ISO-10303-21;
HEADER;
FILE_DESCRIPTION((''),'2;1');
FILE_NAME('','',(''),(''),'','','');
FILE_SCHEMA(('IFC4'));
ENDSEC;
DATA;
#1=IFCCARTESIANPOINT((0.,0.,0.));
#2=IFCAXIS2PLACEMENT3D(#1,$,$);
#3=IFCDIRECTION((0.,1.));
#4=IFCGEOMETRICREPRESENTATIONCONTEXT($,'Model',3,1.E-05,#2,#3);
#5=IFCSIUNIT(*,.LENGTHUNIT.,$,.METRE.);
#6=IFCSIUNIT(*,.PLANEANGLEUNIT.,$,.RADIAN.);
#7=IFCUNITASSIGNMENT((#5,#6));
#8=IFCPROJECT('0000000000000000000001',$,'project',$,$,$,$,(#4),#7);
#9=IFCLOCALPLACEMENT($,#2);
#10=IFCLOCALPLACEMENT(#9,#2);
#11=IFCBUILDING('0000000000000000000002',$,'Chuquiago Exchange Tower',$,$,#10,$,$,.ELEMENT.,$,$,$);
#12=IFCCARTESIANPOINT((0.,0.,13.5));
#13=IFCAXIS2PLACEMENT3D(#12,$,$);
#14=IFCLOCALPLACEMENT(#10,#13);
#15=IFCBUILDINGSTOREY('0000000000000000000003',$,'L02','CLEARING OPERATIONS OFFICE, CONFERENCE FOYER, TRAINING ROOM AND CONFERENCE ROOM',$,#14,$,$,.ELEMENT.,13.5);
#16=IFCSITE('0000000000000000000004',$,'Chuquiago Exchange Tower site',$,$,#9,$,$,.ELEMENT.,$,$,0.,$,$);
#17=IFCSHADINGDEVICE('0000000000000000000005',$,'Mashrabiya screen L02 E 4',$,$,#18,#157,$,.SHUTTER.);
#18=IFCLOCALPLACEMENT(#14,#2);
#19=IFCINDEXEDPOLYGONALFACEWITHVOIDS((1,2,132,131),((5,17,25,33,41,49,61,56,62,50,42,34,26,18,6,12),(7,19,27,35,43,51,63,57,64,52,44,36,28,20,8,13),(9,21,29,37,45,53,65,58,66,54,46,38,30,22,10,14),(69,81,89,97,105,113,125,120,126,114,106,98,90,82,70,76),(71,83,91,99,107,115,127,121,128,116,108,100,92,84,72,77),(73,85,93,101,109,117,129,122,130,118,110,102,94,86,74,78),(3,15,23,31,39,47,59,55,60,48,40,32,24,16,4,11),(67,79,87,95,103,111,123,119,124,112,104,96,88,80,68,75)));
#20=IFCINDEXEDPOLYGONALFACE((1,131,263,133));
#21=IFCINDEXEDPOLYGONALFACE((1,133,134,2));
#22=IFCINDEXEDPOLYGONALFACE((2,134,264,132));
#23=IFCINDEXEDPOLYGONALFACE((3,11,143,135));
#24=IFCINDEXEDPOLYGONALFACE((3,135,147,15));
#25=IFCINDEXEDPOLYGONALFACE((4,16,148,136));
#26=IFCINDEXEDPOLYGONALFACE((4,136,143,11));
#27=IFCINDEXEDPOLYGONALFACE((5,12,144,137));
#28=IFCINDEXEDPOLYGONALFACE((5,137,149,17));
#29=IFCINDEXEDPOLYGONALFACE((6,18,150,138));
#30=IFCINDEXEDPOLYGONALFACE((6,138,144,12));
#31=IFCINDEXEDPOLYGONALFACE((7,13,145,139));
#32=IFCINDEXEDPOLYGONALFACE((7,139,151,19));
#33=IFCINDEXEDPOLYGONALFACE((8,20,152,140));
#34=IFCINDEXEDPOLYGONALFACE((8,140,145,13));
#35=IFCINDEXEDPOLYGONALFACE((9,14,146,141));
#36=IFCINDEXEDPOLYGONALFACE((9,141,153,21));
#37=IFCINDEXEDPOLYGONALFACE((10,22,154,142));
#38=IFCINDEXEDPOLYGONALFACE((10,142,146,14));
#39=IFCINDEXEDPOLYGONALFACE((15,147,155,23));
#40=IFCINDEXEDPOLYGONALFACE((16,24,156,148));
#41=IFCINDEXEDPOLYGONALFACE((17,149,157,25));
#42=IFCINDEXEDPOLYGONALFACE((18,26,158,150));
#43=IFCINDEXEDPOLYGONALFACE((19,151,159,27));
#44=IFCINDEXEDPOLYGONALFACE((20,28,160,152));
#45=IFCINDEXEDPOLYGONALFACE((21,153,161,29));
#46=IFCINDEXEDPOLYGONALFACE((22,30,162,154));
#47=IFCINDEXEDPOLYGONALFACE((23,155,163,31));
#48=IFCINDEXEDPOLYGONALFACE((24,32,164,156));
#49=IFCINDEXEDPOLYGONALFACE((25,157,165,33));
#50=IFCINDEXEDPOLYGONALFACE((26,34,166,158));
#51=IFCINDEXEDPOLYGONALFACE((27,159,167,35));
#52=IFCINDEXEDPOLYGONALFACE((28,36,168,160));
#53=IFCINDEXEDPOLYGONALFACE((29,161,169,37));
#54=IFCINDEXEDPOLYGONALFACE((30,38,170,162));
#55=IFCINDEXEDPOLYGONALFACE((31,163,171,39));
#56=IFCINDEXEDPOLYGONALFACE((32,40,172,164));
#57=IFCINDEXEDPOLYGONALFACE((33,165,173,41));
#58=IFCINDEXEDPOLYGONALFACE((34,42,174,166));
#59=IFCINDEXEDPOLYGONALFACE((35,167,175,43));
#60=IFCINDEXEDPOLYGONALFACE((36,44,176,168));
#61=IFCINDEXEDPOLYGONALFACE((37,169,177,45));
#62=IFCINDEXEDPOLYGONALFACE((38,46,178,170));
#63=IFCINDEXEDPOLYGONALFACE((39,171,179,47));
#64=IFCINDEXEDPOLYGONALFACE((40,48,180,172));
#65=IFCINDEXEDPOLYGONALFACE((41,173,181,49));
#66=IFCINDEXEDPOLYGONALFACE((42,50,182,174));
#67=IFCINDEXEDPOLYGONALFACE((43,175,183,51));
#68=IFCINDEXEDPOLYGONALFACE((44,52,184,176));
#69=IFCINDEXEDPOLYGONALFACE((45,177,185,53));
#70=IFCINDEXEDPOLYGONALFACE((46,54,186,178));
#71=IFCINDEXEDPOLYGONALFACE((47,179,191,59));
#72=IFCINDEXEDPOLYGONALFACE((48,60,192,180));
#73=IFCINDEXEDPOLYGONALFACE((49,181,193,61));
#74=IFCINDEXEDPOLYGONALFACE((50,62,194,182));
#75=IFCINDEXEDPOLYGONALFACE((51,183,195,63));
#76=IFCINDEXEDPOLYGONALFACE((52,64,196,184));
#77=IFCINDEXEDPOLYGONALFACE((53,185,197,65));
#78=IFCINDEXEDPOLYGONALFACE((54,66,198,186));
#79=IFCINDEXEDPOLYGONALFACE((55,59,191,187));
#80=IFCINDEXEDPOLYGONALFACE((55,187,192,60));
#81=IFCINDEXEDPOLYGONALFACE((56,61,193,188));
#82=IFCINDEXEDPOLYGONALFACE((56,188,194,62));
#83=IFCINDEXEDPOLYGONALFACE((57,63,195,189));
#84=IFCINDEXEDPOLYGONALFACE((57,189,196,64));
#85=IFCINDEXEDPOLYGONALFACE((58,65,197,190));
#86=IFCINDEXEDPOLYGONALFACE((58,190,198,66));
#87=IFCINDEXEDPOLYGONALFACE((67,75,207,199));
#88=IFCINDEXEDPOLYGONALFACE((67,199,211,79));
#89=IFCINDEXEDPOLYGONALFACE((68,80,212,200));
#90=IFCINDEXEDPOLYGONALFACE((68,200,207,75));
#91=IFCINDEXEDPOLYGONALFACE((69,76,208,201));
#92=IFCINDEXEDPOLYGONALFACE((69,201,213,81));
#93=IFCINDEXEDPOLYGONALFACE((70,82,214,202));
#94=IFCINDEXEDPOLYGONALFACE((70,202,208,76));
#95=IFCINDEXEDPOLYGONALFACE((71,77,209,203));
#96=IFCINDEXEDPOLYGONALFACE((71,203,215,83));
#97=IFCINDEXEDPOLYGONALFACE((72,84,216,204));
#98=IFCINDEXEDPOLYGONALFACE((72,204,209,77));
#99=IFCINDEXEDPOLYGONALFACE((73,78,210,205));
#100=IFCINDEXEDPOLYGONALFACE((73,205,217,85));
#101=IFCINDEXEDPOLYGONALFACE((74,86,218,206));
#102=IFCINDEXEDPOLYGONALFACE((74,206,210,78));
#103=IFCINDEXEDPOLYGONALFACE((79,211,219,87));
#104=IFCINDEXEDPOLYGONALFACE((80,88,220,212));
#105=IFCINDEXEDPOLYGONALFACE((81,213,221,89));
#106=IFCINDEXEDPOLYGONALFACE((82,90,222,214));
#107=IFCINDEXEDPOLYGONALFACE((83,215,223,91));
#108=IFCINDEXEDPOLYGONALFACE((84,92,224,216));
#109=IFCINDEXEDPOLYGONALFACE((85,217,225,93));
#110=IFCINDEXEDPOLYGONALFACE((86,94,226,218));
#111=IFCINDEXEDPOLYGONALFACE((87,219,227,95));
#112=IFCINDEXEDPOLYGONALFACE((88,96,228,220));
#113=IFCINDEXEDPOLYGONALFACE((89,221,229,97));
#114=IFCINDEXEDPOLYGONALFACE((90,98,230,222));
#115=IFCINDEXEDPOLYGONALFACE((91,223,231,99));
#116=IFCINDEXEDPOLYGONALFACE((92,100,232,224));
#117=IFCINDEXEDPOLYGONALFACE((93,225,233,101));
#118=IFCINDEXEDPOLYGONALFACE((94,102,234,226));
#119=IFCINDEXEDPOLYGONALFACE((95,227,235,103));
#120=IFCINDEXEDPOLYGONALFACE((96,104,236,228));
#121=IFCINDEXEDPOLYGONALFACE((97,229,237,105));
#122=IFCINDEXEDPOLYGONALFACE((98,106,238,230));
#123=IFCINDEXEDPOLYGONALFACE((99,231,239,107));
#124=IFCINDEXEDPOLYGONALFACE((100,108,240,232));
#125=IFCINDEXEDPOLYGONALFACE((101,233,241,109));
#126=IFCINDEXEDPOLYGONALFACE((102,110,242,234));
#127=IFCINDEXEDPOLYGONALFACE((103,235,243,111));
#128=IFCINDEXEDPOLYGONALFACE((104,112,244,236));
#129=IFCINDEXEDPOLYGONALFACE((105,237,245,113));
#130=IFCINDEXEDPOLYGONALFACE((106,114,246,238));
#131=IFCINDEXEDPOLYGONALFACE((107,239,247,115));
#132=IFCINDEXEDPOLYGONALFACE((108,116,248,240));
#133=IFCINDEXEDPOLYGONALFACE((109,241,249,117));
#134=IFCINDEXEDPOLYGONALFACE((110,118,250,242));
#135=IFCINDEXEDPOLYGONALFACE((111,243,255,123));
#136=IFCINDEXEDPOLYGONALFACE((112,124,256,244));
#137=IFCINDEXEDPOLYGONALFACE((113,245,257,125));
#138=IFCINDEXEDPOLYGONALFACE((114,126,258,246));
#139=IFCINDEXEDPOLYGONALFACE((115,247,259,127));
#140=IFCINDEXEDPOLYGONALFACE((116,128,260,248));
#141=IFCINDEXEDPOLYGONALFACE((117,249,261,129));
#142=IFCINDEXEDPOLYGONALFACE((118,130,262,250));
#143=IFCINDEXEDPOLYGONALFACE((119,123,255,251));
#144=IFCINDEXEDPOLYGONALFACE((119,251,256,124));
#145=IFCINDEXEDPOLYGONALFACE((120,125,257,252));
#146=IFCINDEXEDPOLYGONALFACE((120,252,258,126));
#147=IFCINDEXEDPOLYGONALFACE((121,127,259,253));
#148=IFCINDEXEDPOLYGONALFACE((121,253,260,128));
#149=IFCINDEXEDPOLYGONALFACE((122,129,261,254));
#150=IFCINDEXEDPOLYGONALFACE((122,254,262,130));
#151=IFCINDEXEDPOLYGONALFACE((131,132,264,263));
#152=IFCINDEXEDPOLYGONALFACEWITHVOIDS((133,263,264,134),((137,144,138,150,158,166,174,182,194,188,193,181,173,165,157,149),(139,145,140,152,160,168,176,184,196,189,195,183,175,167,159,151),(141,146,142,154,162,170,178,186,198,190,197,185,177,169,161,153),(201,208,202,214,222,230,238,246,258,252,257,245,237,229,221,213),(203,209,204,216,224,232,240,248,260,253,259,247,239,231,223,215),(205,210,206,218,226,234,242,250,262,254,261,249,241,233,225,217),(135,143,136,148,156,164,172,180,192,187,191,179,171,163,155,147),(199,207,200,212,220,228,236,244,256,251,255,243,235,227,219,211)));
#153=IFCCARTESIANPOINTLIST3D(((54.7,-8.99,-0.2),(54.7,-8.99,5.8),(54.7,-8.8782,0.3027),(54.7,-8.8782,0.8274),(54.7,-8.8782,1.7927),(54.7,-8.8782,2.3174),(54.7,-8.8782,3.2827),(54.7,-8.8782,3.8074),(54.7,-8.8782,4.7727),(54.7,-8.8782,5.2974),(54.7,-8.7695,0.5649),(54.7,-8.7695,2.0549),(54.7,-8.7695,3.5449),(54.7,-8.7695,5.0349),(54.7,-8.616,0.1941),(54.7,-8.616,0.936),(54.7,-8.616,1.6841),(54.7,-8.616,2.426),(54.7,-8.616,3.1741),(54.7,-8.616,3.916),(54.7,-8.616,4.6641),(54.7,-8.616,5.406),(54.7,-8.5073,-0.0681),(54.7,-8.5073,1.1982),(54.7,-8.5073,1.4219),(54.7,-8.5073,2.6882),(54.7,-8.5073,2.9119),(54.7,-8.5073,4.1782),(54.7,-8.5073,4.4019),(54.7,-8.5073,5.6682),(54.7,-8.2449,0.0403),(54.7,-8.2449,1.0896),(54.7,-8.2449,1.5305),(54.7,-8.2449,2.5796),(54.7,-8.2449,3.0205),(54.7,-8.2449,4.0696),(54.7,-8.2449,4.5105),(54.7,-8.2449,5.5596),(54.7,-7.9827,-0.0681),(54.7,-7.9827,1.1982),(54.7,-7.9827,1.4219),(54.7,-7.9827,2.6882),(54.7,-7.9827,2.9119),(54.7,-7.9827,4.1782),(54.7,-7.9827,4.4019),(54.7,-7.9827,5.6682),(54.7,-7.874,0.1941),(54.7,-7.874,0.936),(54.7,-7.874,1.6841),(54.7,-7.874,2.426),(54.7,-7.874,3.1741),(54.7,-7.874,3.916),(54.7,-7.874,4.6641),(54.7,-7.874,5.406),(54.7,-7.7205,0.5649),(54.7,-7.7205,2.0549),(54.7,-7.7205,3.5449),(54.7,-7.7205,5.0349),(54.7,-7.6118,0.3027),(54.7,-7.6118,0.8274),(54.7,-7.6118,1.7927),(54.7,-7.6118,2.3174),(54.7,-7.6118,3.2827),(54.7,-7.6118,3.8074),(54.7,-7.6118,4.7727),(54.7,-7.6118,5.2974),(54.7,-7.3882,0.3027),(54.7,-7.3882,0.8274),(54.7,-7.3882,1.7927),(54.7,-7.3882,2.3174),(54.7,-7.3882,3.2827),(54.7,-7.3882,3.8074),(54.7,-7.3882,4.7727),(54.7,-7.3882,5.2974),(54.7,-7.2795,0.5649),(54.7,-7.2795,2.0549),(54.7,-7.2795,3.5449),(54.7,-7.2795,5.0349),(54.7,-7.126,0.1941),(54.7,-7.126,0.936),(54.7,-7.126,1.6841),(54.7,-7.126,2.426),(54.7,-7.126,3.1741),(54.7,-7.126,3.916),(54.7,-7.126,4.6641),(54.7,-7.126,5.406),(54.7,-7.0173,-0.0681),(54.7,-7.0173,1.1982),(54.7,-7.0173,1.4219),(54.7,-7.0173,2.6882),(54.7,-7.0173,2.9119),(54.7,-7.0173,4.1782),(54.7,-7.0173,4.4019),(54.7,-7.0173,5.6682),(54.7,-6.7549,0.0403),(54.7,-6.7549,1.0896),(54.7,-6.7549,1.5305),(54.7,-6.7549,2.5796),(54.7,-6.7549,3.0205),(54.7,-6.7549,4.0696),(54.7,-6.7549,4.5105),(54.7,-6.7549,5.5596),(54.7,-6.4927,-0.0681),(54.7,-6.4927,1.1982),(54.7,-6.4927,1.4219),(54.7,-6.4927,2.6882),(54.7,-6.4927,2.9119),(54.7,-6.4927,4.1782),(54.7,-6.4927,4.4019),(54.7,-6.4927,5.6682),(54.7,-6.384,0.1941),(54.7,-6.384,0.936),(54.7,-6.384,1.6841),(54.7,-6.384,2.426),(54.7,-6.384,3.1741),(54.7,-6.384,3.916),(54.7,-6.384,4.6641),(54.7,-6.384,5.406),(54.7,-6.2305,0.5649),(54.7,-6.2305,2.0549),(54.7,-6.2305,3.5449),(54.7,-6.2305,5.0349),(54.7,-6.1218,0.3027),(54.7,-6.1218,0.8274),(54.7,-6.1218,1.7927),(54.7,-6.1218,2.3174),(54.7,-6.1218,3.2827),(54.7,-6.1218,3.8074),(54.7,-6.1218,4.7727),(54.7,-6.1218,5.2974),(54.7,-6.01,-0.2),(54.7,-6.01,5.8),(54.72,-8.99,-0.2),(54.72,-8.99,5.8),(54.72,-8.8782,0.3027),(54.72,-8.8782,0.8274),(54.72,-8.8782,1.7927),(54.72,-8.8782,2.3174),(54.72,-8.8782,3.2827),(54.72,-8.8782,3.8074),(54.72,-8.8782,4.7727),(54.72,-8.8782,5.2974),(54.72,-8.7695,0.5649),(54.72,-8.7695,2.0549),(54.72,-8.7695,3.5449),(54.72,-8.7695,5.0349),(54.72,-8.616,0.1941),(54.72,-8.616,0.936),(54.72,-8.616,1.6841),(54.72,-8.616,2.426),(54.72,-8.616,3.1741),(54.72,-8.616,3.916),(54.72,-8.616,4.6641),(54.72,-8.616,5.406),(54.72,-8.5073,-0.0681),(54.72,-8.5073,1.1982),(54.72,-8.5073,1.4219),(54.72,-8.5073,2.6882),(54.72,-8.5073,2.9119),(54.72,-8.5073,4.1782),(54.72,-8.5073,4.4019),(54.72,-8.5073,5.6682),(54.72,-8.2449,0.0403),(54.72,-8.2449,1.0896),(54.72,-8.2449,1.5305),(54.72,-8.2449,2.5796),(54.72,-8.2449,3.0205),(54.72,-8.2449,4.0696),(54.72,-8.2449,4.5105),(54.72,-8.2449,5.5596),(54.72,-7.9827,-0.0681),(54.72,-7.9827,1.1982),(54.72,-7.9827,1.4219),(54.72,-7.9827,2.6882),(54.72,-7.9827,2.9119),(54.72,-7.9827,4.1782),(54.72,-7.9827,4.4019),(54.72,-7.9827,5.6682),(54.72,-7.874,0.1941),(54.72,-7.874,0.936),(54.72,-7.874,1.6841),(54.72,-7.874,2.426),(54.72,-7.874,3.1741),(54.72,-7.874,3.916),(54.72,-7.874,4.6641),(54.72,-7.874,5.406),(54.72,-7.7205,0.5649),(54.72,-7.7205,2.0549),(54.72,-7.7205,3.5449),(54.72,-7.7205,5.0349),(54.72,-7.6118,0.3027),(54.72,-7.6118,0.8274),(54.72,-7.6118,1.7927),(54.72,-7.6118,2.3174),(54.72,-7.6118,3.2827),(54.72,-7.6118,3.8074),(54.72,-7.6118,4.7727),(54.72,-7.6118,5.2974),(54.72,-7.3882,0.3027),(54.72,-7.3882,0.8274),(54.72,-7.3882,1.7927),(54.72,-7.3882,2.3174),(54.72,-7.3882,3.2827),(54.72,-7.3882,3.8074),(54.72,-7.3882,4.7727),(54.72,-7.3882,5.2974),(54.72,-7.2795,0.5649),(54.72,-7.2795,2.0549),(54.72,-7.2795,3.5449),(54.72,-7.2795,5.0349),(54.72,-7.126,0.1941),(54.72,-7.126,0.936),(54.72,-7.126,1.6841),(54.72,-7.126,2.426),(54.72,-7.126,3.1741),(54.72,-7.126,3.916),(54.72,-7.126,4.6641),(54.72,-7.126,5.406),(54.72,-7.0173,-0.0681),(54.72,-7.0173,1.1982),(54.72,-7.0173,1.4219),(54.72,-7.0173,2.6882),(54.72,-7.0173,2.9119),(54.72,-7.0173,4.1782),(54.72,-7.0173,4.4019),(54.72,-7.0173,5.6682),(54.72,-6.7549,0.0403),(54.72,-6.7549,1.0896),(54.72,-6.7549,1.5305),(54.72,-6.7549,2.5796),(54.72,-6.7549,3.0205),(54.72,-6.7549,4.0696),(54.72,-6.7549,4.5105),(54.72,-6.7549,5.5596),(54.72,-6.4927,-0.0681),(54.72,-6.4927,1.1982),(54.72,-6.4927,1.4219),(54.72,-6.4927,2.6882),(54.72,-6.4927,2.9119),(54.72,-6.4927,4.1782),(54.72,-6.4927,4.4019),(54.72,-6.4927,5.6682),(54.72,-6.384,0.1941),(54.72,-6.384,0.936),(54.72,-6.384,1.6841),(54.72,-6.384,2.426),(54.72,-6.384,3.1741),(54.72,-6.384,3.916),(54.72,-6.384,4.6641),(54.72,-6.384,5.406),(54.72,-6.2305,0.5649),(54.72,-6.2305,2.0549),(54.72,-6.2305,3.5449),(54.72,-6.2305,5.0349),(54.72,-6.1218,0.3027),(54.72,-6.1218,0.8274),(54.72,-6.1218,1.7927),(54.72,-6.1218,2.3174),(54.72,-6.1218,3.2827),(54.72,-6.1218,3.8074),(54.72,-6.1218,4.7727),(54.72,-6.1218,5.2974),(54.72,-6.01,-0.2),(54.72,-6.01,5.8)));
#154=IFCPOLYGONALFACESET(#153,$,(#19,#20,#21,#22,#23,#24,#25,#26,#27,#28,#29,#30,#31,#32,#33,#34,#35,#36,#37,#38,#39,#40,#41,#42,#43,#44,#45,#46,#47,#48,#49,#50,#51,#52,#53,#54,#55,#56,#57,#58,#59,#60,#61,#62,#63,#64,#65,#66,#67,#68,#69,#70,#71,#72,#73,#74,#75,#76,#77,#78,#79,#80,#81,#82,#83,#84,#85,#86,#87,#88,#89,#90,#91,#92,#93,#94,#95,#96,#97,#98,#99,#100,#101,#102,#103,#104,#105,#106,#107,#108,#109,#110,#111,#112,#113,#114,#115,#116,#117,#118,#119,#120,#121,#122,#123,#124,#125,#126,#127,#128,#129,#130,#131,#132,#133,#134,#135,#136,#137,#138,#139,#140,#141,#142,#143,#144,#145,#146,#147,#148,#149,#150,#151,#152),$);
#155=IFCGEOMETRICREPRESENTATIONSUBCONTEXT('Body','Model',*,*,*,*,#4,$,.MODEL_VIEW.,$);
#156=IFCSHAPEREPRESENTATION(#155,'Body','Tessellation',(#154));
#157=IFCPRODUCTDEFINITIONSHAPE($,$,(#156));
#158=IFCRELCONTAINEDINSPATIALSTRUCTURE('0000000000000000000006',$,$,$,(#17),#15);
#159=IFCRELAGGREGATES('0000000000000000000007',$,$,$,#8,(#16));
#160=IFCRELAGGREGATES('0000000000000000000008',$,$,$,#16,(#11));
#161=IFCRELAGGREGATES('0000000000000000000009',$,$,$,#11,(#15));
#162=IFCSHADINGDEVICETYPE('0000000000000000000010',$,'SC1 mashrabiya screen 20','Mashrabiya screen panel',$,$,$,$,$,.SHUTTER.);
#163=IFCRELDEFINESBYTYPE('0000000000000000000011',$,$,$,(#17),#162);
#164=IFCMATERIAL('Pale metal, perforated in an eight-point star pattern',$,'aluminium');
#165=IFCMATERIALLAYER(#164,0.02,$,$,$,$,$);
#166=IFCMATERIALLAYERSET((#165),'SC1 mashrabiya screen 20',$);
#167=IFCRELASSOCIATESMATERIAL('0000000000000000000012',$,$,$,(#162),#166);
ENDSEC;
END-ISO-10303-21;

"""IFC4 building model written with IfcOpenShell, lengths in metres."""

from ifc_helpers import new_model, si_unit, direction, frame, origin, place, context, subcontext, project, spatial, polyline, outline, extrude, material, layer, layer_set, type_object, element, save


model = new_model("IFC4")

# Units and contexts
model_context = context("Model", 3, precision=1e-05, world=origin(), true_north=direction((0.0, 1.0)))
body_context = subcontext(model_context, "Body", "Model", "MODEL_VIEW")
ifc_project = project(units=[si_unit("LENGTHUNIT", "METRE"), si_unit("PLANEANGLEUNIT", "RADIAN")], contexts=[model_context])

# Site, building, storey
site_placement = place(None, origin())
site = spatial("IfcSite", under=ifc_project, at=site_placement, Name="Chuquiago Exchange Tower site", CompositionType="ELEMENT", RefElevation=0.0)
building_placement = place(site_placement, origin())
building = spatial("IfcBuilding", under=site, at=building_placement, Name="Chuquiago Exchange Tower", CompositionType="ELEMENT")
storey_placement = place(building_placement, frame((0.0, 0.0, 13.5)))
storey = spatial("IfcBuildingStorey", under=building, at=storey_placement, Name="L02", Description="CLEARING OPERATIONS OFFICE, CONFERENCE FOYER, TRAINING ROOM AND CONFERENCE ROOM", CompositionType="ELEMENT", Elevation=13.5)

# Shading device
ifc_material_1 = material(Name="Pale metal, perforated in an eight-point star pattern", Category="aluminium")
ifc_layer_1 = layer(ifc_material_1, 0.02)
ifc_layer_set_1 = layer_set([ifc_layer_1], Name="SC1 mashrabiya screen 20")
shading_device_type = type_object("IfcShadingDeviceType", Name="SC1 mashrabiya screen 20", Description="Mashrabiya screen panel", PredefinedType="SHUTTER", material=ifc_layer_set_1)
shading_device_1_placement = place(storey_placement, frame((54.7, -8.99, -0.2), z_axis=(0.0, 0.0, 1.0), x_axis=(0.0, 1.0, 0.0)))
element("IfcShadingDevice", 1, at=shading_device_1_placement, inside=storey, type_object=shading_device_type, Name="Mashrabiya screen L02 E 4", PredefinedType="SHUTTER", context=body_context, shape_type="SweptSolid", body=[
    extrude(outline(polyline([(0.0, 0.0), (2.98, 0.0), (2.98, 6.0), (0.0, 6.0), (0.0, 0.0)]), holes=[polyline([(1.2695, 0.7649), (1.3782, 1.0273), (1.116, 1.136), (1.0073, 1.3982), (0.7451, 1.2896), (0.4827, 1.3982), (0.374, 1.136), (0.1118, 1.0273), (0.2205, 0.7649), (0.1118, 0.5027), (0.374, 0.394), (0.4827, 0.1318), (0.7451, 0.2402), (1.0073, 0.1318), (1.116, 0.394), (1.3782, 0.5027), (1.2695, 0.7649)]), polyline([(2.7595, 0.7649), (2.8682, 1.0273), (2.606, 1.136), (2.4973, 1.3982), (2.2351, 1.2896), (1.9727, 1.3982), (1.864, 1.136), (1.6018, 1.0273), (1.7104, 0.7649), (1.6018, 0.5027), (1.864, 0.394), (1.9727, 0.1318), (2.2351, 0.2402), (2.4973, 0.1318), (2.606, 0.394), (2.8682, 0.5027), (2.7595, 0.7649)]), polyline([(1.2695, 2.2549), (1.3782, 2.5173), (1.116, 2.626), (1.0073, 2.8882), (0.7451, 2.7795), (0.4827, 2.8882), (0.374, 2.626), (0.1118, 2.5173), (0.2205, 2.2549), (0.1118, 1.9927), (0.374, 1.884), (0.4827, 1.6218), (0.7451, 1.7305), (1.0073, 1.6218), (1.116, 1.884), (1.3782, 1.9927), (1.2695, 2.2549)]), polyline([(2.7595, 2.2549), (2.8682, 2.5173), (2.606, 2.626), (2.4973, 2.8882), (2.2351, 2.7795), (1.9727, 2.8882), (1.864, 2.626), (1.6018, 2.5173), (1.7104, 2.2549), (1.6018, 1.9927), (1.864, 1.884), (1.9727, 1.6218), (2.2351, 1.7305), (2.4973, 1.6218), (2.606, 1.884), (2.8682, 1.9927), (2.7595, 2.2549)]), polyline([(1.2695, 3.7449), (1.3782, 4.0073), (1.116, 4.116), (1.0073, 4.3782), (0.7451, 4.2695), (0.4827, 4.3782), (0.374, 4.116), (0.1118, 4.0073), (0.2205, 3.7449), (0.1118, 3.4827), (0.374, 3.374), (0.4827, 3.1118), (0.7451, 3.2205), (1.0073, 3.1118), (1.116, 3.374), (1.3782, 3.4827), (1.2695, 3.7449)]), polyline([(2.7595, 3.7449), (2.8682, 4.0073), (2.606, 4.116), (2.4973, 4.3782), (2.2351, 4.2695), (1.9727, 4.3782), (1.864, 4.116), (1.6018, 4.0073), (1.7104, 3.7449), (1.6018, 3.4827), (1.864, 3.374), (1.9727, 3.1118), (2.2351, 3.2205), (2.4973, 3.1118), (2.606, 3.374), (2.8682, 3.4827), (2.7595, 3.7449)]), polyline([(1.2695, 5.2349), (1.3782, 5.4973), (1.116, 5.606), (1.0073, 5.8682), (0.7451, 5.7595), (0.4827, 5.8682), (0.374, 5.606), (0.1118, 5.4973), (0.2205, 5.2349), (0.1118, 4.9727), (0.374, 4.864), (0.4827, 4.6018), (0.7451, 4.7104), (1.0073, 4.6018), (1.116, 4.864), (1.3782, 4.9727), (1.2695, 5.2349)]), polyline([(2.7595, 5.2349), (2.8682, 5.4973), (2.606, 5.606), (2.4973, 5.8682), (2.2351, 5.7595), (1.9727, 5.8682), (1.864, 5.606), (1.6018, 5.4973), (1.7104, 5.2349), (1.6018, 4.9727), (1.864, 4.864), (1.9727, 4.6018), (2.2351, 4.7104), (2.4973, 4.6018), (2.606, 4.864), (2.8682, 4.9727), (2.7595, 5.2349)])]), frame((0.0, 0.0, 0.0), z_axis=(0.0, -1.0, 0.0), x_axis=(1.0, 0.0, 0.0)), (0.0, 0.0, 1.0), 0.02),
])

save(model, "model.ifc")
